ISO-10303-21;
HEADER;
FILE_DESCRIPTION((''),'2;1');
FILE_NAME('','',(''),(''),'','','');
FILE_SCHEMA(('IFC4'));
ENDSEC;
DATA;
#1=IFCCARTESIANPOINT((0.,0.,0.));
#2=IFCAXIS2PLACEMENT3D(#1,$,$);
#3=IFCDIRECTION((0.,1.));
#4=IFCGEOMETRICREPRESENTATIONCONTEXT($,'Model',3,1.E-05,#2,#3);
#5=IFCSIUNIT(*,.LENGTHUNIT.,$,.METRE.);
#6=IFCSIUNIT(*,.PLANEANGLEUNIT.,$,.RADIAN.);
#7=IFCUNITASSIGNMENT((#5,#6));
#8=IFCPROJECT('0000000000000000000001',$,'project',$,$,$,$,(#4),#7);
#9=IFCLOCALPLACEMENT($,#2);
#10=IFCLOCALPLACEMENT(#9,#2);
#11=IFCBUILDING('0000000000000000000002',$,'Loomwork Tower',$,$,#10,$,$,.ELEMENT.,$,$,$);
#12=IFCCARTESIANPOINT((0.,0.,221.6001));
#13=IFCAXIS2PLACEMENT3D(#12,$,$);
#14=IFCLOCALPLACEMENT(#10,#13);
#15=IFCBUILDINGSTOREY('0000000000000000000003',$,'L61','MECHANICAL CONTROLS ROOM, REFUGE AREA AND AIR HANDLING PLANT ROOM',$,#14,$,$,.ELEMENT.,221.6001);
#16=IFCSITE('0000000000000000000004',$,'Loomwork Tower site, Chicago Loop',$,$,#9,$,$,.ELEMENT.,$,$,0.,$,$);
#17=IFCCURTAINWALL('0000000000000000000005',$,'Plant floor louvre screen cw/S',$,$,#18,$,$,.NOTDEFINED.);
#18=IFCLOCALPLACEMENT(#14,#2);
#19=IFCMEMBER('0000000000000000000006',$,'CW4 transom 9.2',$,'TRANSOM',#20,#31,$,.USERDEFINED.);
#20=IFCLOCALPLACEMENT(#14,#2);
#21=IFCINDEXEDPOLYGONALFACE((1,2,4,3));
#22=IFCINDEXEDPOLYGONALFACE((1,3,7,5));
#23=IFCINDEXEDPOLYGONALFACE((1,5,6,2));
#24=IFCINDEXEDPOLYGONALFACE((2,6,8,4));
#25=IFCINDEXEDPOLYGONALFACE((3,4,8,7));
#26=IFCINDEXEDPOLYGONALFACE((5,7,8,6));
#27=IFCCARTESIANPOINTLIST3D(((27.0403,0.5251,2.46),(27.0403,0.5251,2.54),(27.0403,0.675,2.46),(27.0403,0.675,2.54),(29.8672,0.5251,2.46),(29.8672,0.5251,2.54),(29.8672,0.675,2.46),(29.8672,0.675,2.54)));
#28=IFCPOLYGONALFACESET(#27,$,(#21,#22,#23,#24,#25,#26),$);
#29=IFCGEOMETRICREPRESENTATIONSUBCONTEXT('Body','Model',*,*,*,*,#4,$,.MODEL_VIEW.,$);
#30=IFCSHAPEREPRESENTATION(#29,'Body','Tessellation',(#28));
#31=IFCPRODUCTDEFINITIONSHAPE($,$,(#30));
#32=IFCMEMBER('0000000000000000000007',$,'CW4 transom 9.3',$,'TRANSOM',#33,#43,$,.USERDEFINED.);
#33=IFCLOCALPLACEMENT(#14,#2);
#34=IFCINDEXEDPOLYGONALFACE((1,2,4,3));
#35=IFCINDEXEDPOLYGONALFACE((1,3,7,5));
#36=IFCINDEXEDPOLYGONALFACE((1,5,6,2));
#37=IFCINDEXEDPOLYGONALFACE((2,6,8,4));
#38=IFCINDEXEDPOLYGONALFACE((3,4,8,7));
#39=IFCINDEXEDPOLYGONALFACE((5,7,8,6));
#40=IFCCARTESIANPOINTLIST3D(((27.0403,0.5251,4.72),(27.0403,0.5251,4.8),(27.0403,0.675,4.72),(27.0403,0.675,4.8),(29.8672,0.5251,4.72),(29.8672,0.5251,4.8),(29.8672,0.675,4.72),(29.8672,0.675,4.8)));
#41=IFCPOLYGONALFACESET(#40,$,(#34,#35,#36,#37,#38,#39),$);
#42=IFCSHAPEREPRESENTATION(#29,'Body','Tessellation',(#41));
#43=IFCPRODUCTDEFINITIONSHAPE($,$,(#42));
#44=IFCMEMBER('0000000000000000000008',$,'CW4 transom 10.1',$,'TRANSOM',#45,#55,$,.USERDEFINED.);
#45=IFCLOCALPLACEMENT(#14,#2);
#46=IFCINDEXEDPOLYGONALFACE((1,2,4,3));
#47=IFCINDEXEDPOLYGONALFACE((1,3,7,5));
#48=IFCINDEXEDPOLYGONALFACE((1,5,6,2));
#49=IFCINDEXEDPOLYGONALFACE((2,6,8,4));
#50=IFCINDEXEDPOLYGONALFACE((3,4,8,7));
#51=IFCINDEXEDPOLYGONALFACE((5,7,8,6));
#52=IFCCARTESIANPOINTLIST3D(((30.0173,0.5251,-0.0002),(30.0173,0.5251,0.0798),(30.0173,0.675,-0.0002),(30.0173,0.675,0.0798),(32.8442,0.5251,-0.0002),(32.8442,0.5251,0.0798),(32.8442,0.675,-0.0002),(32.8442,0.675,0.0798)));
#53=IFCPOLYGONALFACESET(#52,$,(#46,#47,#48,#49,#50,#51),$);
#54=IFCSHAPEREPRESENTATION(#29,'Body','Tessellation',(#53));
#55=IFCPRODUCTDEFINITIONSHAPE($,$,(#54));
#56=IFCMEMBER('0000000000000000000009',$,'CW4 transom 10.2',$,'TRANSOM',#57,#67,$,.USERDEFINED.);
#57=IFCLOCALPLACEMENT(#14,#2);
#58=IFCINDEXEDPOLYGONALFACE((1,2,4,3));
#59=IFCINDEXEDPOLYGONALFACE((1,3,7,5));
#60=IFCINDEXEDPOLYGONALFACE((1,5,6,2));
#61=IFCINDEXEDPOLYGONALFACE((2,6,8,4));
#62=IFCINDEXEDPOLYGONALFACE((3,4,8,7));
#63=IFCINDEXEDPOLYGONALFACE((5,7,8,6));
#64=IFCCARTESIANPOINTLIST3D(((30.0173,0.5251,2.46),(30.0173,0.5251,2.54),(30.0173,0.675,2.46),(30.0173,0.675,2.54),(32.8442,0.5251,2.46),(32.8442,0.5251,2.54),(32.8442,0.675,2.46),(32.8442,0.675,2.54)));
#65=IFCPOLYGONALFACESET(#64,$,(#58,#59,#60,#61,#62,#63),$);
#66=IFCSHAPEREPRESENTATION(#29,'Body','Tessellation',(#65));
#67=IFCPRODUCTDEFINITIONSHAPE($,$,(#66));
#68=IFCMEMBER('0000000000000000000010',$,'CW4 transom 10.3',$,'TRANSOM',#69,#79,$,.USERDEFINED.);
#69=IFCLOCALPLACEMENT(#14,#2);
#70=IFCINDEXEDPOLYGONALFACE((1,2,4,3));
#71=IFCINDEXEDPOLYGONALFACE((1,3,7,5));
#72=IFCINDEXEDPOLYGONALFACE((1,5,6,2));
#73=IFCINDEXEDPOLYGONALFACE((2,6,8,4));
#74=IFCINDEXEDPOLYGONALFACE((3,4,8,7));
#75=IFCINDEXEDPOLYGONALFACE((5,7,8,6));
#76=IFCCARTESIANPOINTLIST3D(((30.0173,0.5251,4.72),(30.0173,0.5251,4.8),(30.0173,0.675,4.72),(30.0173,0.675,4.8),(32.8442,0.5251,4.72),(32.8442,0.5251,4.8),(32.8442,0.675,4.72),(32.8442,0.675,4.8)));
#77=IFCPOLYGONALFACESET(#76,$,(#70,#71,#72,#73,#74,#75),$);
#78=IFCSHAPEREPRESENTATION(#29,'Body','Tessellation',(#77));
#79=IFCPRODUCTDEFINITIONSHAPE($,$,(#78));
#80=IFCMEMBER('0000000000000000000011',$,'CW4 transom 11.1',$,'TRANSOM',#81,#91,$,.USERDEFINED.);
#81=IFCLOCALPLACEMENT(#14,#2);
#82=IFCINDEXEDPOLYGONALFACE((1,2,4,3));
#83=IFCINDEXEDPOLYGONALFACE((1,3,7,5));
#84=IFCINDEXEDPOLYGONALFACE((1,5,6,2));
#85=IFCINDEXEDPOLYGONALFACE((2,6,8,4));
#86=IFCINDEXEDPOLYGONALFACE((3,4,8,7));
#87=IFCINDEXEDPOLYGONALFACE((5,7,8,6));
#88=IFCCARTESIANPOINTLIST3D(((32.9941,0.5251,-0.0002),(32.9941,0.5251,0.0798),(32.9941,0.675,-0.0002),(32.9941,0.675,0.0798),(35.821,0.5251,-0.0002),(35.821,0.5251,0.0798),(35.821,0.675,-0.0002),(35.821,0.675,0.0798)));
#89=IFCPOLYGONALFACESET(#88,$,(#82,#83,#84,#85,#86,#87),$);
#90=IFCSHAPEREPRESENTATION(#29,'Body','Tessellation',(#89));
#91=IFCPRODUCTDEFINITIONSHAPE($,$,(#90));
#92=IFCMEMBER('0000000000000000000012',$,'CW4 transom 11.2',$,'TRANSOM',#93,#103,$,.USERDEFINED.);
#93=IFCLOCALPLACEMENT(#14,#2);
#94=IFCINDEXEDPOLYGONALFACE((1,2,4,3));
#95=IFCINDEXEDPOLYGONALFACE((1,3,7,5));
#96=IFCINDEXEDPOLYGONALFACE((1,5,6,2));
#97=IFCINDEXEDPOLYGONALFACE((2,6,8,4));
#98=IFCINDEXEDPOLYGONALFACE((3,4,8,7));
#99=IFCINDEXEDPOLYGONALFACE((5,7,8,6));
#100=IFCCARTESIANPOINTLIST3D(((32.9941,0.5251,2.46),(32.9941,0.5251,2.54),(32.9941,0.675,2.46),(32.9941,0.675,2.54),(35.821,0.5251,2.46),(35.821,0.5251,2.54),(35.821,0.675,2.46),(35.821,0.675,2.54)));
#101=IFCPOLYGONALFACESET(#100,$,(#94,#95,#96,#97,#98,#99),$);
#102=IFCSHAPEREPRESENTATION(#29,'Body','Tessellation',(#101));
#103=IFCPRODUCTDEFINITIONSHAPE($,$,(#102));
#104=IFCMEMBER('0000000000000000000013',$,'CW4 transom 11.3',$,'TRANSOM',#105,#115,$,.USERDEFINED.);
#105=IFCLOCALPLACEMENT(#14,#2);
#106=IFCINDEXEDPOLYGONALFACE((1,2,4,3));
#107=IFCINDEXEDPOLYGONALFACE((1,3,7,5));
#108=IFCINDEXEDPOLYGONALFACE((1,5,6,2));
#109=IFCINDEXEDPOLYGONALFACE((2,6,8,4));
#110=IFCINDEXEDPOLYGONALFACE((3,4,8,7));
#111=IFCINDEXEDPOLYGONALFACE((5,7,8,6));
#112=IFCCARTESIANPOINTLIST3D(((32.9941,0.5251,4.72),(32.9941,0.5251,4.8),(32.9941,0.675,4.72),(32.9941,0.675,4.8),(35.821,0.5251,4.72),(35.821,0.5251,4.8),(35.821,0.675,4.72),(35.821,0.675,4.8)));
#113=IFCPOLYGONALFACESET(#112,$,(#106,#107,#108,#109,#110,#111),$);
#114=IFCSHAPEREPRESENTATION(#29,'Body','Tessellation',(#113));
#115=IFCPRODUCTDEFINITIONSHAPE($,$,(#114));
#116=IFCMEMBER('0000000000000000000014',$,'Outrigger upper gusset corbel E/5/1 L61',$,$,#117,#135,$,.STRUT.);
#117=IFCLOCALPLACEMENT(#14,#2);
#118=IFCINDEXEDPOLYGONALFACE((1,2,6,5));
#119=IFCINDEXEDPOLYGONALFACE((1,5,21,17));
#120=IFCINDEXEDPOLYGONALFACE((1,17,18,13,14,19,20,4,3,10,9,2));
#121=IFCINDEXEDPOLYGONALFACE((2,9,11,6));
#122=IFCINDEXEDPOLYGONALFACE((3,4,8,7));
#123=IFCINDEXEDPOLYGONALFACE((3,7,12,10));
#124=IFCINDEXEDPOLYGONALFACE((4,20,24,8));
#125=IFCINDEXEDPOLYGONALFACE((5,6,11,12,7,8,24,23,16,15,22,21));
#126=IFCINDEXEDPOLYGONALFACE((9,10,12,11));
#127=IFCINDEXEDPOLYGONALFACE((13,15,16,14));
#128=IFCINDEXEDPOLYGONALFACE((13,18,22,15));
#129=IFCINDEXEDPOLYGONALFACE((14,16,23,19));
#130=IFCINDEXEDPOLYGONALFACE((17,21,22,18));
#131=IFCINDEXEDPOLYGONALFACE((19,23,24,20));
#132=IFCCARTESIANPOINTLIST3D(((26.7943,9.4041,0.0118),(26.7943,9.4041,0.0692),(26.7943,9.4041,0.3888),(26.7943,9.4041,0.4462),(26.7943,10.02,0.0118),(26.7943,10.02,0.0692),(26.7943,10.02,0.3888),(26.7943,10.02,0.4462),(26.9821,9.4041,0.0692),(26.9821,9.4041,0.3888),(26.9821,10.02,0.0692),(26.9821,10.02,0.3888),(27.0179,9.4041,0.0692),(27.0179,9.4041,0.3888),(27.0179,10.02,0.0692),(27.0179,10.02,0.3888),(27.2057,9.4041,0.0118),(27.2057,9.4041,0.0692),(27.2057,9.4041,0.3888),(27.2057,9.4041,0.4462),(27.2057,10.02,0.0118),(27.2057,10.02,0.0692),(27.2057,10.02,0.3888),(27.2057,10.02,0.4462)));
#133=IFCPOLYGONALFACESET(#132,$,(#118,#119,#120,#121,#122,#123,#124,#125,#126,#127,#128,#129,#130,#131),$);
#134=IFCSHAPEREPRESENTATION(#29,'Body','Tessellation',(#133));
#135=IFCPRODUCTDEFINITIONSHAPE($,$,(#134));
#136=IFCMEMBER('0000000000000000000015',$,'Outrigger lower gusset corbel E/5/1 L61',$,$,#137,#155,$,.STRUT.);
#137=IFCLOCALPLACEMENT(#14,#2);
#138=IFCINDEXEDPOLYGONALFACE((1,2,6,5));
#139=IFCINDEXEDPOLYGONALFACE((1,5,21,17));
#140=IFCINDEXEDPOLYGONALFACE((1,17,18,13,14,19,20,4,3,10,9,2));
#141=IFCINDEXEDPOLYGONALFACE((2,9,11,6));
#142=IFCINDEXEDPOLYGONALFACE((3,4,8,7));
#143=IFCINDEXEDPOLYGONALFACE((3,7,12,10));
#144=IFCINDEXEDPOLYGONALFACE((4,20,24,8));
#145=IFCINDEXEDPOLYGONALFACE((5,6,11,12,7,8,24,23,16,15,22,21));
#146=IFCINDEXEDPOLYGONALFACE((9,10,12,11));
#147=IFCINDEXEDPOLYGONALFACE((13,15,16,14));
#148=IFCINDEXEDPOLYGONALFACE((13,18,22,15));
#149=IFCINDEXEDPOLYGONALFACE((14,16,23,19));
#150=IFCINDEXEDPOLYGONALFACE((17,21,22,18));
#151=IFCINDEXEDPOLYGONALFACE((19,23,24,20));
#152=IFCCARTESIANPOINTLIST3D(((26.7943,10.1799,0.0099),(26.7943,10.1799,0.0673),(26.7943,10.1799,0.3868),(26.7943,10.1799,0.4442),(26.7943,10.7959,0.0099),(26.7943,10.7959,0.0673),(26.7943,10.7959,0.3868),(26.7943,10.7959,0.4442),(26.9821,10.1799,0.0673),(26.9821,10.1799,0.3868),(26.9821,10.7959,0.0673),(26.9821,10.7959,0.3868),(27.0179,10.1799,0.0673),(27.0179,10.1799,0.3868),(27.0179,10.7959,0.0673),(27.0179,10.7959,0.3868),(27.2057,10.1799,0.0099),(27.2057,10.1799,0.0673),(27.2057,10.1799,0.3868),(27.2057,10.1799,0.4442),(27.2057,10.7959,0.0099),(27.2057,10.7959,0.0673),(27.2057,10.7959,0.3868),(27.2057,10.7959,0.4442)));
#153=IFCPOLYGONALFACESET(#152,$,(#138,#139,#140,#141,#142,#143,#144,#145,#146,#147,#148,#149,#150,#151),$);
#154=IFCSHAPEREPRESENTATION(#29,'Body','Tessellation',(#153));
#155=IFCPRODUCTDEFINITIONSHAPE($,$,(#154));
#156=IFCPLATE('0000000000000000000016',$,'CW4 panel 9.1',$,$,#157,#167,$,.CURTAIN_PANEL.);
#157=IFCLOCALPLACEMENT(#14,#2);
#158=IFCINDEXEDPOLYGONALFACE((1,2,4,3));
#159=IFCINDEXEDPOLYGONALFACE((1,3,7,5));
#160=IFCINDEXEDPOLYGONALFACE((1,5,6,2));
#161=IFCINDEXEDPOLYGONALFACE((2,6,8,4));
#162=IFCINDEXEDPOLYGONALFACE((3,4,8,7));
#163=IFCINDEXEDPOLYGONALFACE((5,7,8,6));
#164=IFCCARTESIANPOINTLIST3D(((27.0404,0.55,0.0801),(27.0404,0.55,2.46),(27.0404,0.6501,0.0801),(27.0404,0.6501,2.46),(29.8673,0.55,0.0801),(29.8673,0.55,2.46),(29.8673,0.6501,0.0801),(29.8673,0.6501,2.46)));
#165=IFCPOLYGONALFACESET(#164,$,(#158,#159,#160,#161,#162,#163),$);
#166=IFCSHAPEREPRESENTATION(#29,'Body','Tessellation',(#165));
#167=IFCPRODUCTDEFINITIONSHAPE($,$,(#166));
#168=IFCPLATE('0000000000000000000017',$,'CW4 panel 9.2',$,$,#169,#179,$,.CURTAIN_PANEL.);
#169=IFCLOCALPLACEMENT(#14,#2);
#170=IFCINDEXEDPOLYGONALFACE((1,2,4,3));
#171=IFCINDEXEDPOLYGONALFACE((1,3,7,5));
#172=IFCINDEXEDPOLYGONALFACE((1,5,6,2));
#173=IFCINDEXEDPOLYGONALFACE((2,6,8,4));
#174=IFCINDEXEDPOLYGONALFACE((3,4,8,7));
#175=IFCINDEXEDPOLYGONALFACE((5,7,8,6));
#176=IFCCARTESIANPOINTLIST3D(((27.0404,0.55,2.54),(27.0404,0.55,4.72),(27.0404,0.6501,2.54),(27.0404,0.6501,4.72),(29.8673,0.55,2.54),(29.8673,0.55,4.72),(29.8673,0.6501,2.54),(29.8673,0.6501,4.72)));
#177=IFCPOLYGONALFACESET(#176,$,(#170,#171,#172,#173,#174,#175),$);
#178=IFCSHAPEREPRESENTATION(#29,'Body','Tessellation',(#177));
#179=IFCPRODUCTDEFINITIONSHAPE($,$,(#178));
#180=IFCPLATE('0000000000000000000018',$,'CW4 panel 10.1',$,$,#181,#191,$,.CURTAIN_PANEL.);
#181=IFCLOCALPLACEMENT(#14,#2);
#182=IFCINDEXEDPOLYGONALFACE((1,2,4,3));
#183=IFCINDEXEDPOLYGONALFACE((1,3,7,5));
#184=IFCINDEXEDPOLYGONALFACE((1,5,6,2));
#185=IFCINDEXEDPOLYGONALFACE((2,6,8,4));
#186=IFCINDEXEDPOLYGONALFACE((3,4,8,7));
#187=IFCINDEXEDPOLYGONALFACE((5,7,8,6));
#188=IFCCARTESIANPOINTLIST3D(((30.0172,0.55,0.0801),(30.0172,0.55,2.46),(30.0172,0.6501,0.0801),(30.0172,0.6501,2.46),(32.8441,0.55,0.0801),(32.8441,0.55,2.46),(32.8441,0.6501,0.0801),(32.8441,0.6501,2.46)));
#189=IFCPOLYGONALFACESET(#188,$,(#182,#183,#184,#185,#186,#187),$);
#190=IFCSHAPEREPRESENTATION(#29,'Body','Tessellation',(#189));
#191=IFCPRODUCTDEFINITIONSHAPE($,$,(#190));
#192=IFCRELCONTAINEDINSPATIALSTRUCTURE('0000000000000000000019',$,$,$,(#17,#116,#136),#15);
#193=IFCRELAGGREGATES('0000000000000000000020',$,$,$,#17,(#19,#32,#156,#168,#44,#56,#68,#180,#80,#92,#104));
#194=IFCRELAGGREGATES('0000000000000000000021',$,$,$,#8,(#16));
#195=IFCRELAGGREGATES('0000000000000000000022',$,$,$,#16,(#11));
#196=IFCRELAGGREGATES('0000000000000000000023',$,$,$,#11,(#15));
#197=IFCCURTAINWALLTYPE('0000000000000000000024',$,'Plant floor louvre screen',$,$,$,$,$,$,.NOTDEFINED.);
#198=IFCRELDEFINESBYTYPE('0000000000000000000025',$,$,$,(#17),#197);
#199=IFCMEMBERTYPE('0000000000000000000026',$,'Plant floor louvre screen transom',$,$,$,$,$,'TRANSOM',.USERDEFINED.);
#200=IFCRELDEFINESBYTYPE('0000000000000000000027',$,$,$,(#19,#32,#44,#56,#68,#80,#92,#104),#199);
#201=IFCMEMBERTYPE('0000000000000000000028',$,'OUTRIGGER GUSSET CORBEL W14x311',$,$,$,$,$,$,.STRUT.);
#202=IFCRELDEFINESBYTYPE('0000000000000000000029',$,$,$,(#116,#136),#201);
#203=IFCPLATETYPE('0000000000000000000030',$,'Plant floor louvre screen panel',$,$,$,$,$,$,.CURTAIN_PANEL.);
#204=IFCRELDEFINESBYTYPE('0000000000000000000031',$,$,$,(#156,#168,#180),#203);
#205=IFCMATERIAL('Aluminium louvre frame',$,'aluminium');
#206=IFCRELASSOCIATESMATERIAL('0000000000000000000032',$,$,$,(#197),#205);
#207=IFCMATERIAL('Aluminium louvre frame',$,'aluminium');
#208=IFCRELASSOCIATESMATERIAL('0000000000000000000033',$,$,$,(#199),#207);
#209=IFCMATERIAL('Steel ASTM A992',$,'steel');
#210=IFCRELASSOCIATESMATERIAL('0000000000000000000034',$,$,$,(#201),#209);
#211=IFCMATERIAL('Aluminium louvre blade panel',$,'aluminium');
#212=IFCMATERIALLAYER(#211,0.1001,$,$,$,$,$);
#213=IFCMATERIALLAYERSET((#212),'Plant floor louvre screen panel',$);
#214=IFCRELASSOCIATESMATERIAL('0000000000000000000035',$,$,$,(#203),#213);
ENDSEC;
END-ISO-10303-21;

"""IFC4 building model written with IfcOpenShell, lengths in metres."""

from ifc_helpers import new_model, si_unit, direction, frame, origin, origin_2d, place, context, subcontext, project, spatial, rectangle, i_section, extrude, material, layer, layer_set, material_profile, profile_set, type_object, element, aggregate, save


model = new_model("IFC4")

# Units and contexts
model_context = context("Model", 3, precision=1e-05, world=origin(), true_north=direction((0.0, 1.0)))
body_context = subcontext(model_context, "Body", "Model", "MODEL_VIEW")
ifc_project = project(units=[si_unit("LENGTHUNIT", "METRE"), si_unit("PLANEANGLEUNIT", "RADIAN")], contexts=[model_context])

# Site, building, storey
site_placement = place(None, origin())
site = spatial("IfcSite", under=ifc_project, at=site_placement, Name="Loomwork Tower site, Chicago Loop", CompositionType="ELEMENT", RefElevation=0.0)
building_placement = place(site_placement, origin())
building = spatial("IfcBuilding", under=site, at=building_placement, Name="Loomwork Tower", CompositionType="ELEMENT")
storey_placement = place(building_placement, frame((0.0, 0.0, 221.6001)))
storey = spatial("IfcBuildingStorey", under=building, at=storey_placement, Name="L61", Description="MECHANICAL CONTROLS ROOM, REFUGE AREA AND AIR HANDLING PLANT ROOM", CompositionType="ELEMENT", Elevation=221.6001)

# Curtain wall, members
ifc_material_1 = material(Name="Aluminium louvre frame", Category="aluminium")
curtain_wall_type = type_object("IfcCurtainWallType", Name="Plant floor louvre screen", PredefinedType="NOTDEFINED", material=ifc_material_1)
curtain_wall_placement = place(storey_placement, origin())
curtain_wall = element("IfcCurtainWall", 1, at=curtain_wall_placement, inside=storey, type_object=curtain_wall_type, Name="Plant floor louvre screen cw/S", PredefinedType="NOTDEFINED")
ifc_material_2 = material(Name="Aluminium louvre frame", Category="aluminium")
ifc_material_profile_1 = material_profile(ifc_material_2, rectangle(XDim=0.1499, YDim=0.0801, at=origin_2d()), Name="AL 80x150")
ifc_profile_set_1 = profile_set([ifc_material_profile_1], Name="Aluminium louvre frame")
member_type_1 = type_object("IfcMemberType", Name="Plant floor louvre screen transom", ElementType="TRANSOM", PredefinedType="USERDEFINED", material=ifc_profile_set_1)
member_1_placement = place(storey_placement, frame((27.0403, 0.6001, 2.5), z_axis=(1.0, 0.0, 0.0), x_axis=(0.0, 1.0, 0.0)))
member_1 = element("IfcMember", 2, at=member_1_placement, type_object=member_type_1, Name="CW4 transom 9.2", ObjectType="TRANSOM", PredefinedType="USERDEFINED", context=body_context, shape_type="SweptSolid", body=[
    extrude(rectangle(XDim=0.1499, YDim=0.0801, at=origin_2d()), origin(), (0.0, 0.0, 1.0), 2.8269),
])
member_2_placement = place(storey_placement, frame((27.0403, 0.6001, 4.76), z_axis=(1.0, 0.0, 0.0), x_axis=(0.0, 1.0, 0.0)))
member_2 = element("IfcMember", 3, at=member_2_placement, type_object=member_type_1, Name="CW4 transom 9.3", ObjectType="TRANSOM", PredefinedType="USERDEFINED", context=body_context, shape_type="SweptSolid", body=[
    extrude(rectangle(XDim=0.1499, YDim=0.0801, at=origin_2d()), origin(), (0.0, 0.0, 1.0), 2.8269),
])
member_3_placement = place(storey_placement, frame((30.0173, 0.6001, 0.0398), z_axis=(1.0, 0.0, 0.0), x_axis=(0.0, 1.0, 0.0)))
member_3 = element("IfcMember", 4, at=member_3_placement, type_object=member_type_1, Name="CW4 transom 10.1", ObjectType="TRANSOM", PredefinedType="USERDEFINED", context=body_context, shape_type="SweptSolid", body=[
    extrude(rectangle(XDim=0.1499, YDim=0.0801, at=origin_2d()), origin(), (0.0, 0.0, 1.0), 2.8269),
])
member_4_placement = place(storey_placement, frame((30.0173, 0.6001, 2.5), z_axis=(1.0, 0.0, 0.0), x_axis=(0.0, 1.0, 0.0)))
member_4 = element("IfcMember", 5, at=member_4_placement, type_object=member_type_1, Name="CW4 transom 10.2", ObjectType="TRANSOM", PredefinedType="USERDEFINED", context=body_context, shape_type="SweptSolid", body=[
    extrude(rectangle(XDim=0.1499, YDim=0.0801, at=origin_2d()), origin(), (0.0, 0.0, 1.0), 2.8269),
])
member_5_placement = place(storey_placement, frame((30.0173, 0.6001, 4.76), z_axis=(1.0, 0.0, 0.0), x_axis=(0.0, 1.0, 0.0)))
member_5 = element("IfcMember", 6, at=member_5_placement, type_object=member_type_1, Name="CW4 transom 10.3", ObjectType="TRANSOM", PredefinedType="USERDEFINED", context=body_context, shape_type="SweptSolid", body=[
    extrude(rectangle(XDim=0.1499, YDim=0.0801, at=origin_2d()), origin(), (0.0, 0.0, 1.0), 2.8269),
])
member_6_placement = place(storey_placement, frame((32.9941, 0.6001, 0.0398), z_axis=(1.0, 0.0, 0.0), x_axis=(0.0, 1.0, 0.0)))
member_6 = element("IfcMember", 7, at=member_6_placement, type_object=member_type_1, Name="CW4 transom 11.1", ObjectType="TRANSOM", PredefinedType="USERDEFINED", context=body_context, shape_type="SweptSolid", body=[
    extrude(rectangle(XDim=0.1499, YDim=0.0801, at=origin_2d()), origin(), (0.0, 0.0, 1.0), 2.8269),
])
member_7_placement = place(storey_placement, frame((32.9941, 0.6001, 2.5), z_axis=(1.0, 0.0, 0.0), x_axis=(0.0, 1.0, 0.0)))
member_7 = element("IfcMember", 8, at=member_7_placement, type_object=member_type_1, Name="CW4 transom 11.2", ObjectType="TRANSOM", PredefinedType="USERDEFINED", context=body_context, shape_type="SweptSolid", body=[
    extrude(rectangle(XDim=0.1499, YDim=0.0801, at=origin_2d()), origin(), (0.0, 0.0, 1.0), 2.8269),
])
member_8_placement = place(storey_placement, frame((32.9941, 0.6001, 4.76), z_axis=(1.0, 0.0, 0.0), x_axis=(0.0, 1.0, 0.0)))
member_8 = element("IfcMember", 9, at=member_8_placement, type_object=member_type_1, Name="CW4 transom 11.3", ObjectType="TRANSOM", PredefinedType="USERDEFINED", context=body_context, shape_type="SweptSolid", body=[
    extrude(rectangle(XDim=0.1499, YDim=0.0801, at=origin_2d()), origin(), (0.0, 0.0, 1.0), 2.8269),
])

# Members
ifc_material_3 = material(Name="Steel ASTM A992", Category="steel")
ifc_material_profile_2 = material_profile(ifc_material_3, i_section(OverallWidth=0.4114, OverallDepth=0.4343, WebThickness=0.0359, FlangeThickness=0.0574, at=origin_2d()), Name="W14x311")
ifc_profile_set_2 = profile_set([ifc_material_profile_2], Name="Steel ASTM A992")
member_type_2 = type_object("IfcMemberType", Name="OUTRIGGER GUSSET CORBEL W14x311", PredefinedType="STRUT", material=ifc_profile_set_2)
for number, where, z_axis, x_axis, name in (
    (10, (27.0, 9.4041, 0.229), (0.0, 1.0, 0.0), (-1.0, 0.0, 0.0), "Outrigger upper gusset corbel E/5/1 L61"),
    (11, (27.0, 10.7959, 0.2271), (0.0, -1.0, 0.0), (1.0, 0.0, 0.0), "Outrigger lower gusset corbel E/5/1 L61"),
):
    element("IfcMember", number, at=place(storey_placement, frame(where, z_axis=z_axis, x_axis=x_axis)), inside=storey, type_object=member_type_2, Name=name, PredefinedType="STRUT", context=body_context, shape_type="SweptSolid", body=[
        extrude(i_section(OverallWidth=0.4114, OverallDepth=0.4343, WebThickness=0.0359, FlangeThickness=0.0574, at=origin_2d()), origin(), (0.0, 0.0, 1.0), 0.616),
    ])

# Plates
ifc_material_4 = material(Name="Aluminium louvre blade panel", Category="aluminium")
ifc_layer_1 = layer(ifc_material_4, 0.1001)
ifc_layer_set_1 = layer_set([ifc_layer_1], Name="Plant floor louvre screen panel")
plate_type_1 = type_object("IfcPlateType", Name="Plant floor louvre screen panel", PredefinedType="CURTAIN_PANEL", material=ifc_layer_set_1)
plate_1_placement = place(storey_placement, frame((28.4539, 0.6001, 0.0801), z_axis=(0.0, 0.0, 1.0), x_axis=(1.0, 0.0, 0.0)))
plate_1 = element("IfcPlate", 12, at=plate_1_placement, type_object=plate_type_1, Name="CW4 panel 9.1", PredefinedType="CURTAIN_PANEL", context=body_context, shape_type="SweptSolid", body=[
    extrude(rectangle(XDim=2.8269, YDim=0.1001, at=origin_2d()), origin(), (0.0, 0.0, 1.0), 2.3799),
])
plate_2_placement = place(storey_placement, frame((28.4539, 0.6001, 2.54), z_axis=(0.0, 0.0, 1.0), x_axis=(1.0, 0.0, 0.0)))
plate_2 = element("IfcPlate", 13, at=plate_2_placement, type_object=plate_type_1, Name="CW4 panel 9.2", PredefinedType="CURTAIN_PANEL", context=body_context, shape_type="SweptSolid", body=[
    extrude(rectangle(XDim=2.8269, YDim=0.1001, at=origin_2d()), origin(), (0.0, 0.0, 1.0), 2.1799),
])
plate_3_placement = place(storey_placement, frame((31.4307, 0.6001, 0.0801), z_axis=(0.0, 0.0, 1.0), x_axis=(1.0, 0.0, 0.0)))
plate_3 = element("IfcPlate", 14, at=plate_3_placement, type_object=plate_type_1, Name="CW4 panel 10.1", PredefinedType="CURTAIN_PANEL", context=body_context, shape_type="SweptSolid", body=[
    extrude(rectangle(XDim=2.8269, YDim=0.1001, at=origin_2d()), origin(), (0.0, 0.0, 1.0), 2.3799),
])
aggregate(curtain_wall, [member_1, member_2, plate_1, plate_2, member_3, member_4, member_5, plate_3, member_6, member_7, member_8])

save(model, "model.ifc")
